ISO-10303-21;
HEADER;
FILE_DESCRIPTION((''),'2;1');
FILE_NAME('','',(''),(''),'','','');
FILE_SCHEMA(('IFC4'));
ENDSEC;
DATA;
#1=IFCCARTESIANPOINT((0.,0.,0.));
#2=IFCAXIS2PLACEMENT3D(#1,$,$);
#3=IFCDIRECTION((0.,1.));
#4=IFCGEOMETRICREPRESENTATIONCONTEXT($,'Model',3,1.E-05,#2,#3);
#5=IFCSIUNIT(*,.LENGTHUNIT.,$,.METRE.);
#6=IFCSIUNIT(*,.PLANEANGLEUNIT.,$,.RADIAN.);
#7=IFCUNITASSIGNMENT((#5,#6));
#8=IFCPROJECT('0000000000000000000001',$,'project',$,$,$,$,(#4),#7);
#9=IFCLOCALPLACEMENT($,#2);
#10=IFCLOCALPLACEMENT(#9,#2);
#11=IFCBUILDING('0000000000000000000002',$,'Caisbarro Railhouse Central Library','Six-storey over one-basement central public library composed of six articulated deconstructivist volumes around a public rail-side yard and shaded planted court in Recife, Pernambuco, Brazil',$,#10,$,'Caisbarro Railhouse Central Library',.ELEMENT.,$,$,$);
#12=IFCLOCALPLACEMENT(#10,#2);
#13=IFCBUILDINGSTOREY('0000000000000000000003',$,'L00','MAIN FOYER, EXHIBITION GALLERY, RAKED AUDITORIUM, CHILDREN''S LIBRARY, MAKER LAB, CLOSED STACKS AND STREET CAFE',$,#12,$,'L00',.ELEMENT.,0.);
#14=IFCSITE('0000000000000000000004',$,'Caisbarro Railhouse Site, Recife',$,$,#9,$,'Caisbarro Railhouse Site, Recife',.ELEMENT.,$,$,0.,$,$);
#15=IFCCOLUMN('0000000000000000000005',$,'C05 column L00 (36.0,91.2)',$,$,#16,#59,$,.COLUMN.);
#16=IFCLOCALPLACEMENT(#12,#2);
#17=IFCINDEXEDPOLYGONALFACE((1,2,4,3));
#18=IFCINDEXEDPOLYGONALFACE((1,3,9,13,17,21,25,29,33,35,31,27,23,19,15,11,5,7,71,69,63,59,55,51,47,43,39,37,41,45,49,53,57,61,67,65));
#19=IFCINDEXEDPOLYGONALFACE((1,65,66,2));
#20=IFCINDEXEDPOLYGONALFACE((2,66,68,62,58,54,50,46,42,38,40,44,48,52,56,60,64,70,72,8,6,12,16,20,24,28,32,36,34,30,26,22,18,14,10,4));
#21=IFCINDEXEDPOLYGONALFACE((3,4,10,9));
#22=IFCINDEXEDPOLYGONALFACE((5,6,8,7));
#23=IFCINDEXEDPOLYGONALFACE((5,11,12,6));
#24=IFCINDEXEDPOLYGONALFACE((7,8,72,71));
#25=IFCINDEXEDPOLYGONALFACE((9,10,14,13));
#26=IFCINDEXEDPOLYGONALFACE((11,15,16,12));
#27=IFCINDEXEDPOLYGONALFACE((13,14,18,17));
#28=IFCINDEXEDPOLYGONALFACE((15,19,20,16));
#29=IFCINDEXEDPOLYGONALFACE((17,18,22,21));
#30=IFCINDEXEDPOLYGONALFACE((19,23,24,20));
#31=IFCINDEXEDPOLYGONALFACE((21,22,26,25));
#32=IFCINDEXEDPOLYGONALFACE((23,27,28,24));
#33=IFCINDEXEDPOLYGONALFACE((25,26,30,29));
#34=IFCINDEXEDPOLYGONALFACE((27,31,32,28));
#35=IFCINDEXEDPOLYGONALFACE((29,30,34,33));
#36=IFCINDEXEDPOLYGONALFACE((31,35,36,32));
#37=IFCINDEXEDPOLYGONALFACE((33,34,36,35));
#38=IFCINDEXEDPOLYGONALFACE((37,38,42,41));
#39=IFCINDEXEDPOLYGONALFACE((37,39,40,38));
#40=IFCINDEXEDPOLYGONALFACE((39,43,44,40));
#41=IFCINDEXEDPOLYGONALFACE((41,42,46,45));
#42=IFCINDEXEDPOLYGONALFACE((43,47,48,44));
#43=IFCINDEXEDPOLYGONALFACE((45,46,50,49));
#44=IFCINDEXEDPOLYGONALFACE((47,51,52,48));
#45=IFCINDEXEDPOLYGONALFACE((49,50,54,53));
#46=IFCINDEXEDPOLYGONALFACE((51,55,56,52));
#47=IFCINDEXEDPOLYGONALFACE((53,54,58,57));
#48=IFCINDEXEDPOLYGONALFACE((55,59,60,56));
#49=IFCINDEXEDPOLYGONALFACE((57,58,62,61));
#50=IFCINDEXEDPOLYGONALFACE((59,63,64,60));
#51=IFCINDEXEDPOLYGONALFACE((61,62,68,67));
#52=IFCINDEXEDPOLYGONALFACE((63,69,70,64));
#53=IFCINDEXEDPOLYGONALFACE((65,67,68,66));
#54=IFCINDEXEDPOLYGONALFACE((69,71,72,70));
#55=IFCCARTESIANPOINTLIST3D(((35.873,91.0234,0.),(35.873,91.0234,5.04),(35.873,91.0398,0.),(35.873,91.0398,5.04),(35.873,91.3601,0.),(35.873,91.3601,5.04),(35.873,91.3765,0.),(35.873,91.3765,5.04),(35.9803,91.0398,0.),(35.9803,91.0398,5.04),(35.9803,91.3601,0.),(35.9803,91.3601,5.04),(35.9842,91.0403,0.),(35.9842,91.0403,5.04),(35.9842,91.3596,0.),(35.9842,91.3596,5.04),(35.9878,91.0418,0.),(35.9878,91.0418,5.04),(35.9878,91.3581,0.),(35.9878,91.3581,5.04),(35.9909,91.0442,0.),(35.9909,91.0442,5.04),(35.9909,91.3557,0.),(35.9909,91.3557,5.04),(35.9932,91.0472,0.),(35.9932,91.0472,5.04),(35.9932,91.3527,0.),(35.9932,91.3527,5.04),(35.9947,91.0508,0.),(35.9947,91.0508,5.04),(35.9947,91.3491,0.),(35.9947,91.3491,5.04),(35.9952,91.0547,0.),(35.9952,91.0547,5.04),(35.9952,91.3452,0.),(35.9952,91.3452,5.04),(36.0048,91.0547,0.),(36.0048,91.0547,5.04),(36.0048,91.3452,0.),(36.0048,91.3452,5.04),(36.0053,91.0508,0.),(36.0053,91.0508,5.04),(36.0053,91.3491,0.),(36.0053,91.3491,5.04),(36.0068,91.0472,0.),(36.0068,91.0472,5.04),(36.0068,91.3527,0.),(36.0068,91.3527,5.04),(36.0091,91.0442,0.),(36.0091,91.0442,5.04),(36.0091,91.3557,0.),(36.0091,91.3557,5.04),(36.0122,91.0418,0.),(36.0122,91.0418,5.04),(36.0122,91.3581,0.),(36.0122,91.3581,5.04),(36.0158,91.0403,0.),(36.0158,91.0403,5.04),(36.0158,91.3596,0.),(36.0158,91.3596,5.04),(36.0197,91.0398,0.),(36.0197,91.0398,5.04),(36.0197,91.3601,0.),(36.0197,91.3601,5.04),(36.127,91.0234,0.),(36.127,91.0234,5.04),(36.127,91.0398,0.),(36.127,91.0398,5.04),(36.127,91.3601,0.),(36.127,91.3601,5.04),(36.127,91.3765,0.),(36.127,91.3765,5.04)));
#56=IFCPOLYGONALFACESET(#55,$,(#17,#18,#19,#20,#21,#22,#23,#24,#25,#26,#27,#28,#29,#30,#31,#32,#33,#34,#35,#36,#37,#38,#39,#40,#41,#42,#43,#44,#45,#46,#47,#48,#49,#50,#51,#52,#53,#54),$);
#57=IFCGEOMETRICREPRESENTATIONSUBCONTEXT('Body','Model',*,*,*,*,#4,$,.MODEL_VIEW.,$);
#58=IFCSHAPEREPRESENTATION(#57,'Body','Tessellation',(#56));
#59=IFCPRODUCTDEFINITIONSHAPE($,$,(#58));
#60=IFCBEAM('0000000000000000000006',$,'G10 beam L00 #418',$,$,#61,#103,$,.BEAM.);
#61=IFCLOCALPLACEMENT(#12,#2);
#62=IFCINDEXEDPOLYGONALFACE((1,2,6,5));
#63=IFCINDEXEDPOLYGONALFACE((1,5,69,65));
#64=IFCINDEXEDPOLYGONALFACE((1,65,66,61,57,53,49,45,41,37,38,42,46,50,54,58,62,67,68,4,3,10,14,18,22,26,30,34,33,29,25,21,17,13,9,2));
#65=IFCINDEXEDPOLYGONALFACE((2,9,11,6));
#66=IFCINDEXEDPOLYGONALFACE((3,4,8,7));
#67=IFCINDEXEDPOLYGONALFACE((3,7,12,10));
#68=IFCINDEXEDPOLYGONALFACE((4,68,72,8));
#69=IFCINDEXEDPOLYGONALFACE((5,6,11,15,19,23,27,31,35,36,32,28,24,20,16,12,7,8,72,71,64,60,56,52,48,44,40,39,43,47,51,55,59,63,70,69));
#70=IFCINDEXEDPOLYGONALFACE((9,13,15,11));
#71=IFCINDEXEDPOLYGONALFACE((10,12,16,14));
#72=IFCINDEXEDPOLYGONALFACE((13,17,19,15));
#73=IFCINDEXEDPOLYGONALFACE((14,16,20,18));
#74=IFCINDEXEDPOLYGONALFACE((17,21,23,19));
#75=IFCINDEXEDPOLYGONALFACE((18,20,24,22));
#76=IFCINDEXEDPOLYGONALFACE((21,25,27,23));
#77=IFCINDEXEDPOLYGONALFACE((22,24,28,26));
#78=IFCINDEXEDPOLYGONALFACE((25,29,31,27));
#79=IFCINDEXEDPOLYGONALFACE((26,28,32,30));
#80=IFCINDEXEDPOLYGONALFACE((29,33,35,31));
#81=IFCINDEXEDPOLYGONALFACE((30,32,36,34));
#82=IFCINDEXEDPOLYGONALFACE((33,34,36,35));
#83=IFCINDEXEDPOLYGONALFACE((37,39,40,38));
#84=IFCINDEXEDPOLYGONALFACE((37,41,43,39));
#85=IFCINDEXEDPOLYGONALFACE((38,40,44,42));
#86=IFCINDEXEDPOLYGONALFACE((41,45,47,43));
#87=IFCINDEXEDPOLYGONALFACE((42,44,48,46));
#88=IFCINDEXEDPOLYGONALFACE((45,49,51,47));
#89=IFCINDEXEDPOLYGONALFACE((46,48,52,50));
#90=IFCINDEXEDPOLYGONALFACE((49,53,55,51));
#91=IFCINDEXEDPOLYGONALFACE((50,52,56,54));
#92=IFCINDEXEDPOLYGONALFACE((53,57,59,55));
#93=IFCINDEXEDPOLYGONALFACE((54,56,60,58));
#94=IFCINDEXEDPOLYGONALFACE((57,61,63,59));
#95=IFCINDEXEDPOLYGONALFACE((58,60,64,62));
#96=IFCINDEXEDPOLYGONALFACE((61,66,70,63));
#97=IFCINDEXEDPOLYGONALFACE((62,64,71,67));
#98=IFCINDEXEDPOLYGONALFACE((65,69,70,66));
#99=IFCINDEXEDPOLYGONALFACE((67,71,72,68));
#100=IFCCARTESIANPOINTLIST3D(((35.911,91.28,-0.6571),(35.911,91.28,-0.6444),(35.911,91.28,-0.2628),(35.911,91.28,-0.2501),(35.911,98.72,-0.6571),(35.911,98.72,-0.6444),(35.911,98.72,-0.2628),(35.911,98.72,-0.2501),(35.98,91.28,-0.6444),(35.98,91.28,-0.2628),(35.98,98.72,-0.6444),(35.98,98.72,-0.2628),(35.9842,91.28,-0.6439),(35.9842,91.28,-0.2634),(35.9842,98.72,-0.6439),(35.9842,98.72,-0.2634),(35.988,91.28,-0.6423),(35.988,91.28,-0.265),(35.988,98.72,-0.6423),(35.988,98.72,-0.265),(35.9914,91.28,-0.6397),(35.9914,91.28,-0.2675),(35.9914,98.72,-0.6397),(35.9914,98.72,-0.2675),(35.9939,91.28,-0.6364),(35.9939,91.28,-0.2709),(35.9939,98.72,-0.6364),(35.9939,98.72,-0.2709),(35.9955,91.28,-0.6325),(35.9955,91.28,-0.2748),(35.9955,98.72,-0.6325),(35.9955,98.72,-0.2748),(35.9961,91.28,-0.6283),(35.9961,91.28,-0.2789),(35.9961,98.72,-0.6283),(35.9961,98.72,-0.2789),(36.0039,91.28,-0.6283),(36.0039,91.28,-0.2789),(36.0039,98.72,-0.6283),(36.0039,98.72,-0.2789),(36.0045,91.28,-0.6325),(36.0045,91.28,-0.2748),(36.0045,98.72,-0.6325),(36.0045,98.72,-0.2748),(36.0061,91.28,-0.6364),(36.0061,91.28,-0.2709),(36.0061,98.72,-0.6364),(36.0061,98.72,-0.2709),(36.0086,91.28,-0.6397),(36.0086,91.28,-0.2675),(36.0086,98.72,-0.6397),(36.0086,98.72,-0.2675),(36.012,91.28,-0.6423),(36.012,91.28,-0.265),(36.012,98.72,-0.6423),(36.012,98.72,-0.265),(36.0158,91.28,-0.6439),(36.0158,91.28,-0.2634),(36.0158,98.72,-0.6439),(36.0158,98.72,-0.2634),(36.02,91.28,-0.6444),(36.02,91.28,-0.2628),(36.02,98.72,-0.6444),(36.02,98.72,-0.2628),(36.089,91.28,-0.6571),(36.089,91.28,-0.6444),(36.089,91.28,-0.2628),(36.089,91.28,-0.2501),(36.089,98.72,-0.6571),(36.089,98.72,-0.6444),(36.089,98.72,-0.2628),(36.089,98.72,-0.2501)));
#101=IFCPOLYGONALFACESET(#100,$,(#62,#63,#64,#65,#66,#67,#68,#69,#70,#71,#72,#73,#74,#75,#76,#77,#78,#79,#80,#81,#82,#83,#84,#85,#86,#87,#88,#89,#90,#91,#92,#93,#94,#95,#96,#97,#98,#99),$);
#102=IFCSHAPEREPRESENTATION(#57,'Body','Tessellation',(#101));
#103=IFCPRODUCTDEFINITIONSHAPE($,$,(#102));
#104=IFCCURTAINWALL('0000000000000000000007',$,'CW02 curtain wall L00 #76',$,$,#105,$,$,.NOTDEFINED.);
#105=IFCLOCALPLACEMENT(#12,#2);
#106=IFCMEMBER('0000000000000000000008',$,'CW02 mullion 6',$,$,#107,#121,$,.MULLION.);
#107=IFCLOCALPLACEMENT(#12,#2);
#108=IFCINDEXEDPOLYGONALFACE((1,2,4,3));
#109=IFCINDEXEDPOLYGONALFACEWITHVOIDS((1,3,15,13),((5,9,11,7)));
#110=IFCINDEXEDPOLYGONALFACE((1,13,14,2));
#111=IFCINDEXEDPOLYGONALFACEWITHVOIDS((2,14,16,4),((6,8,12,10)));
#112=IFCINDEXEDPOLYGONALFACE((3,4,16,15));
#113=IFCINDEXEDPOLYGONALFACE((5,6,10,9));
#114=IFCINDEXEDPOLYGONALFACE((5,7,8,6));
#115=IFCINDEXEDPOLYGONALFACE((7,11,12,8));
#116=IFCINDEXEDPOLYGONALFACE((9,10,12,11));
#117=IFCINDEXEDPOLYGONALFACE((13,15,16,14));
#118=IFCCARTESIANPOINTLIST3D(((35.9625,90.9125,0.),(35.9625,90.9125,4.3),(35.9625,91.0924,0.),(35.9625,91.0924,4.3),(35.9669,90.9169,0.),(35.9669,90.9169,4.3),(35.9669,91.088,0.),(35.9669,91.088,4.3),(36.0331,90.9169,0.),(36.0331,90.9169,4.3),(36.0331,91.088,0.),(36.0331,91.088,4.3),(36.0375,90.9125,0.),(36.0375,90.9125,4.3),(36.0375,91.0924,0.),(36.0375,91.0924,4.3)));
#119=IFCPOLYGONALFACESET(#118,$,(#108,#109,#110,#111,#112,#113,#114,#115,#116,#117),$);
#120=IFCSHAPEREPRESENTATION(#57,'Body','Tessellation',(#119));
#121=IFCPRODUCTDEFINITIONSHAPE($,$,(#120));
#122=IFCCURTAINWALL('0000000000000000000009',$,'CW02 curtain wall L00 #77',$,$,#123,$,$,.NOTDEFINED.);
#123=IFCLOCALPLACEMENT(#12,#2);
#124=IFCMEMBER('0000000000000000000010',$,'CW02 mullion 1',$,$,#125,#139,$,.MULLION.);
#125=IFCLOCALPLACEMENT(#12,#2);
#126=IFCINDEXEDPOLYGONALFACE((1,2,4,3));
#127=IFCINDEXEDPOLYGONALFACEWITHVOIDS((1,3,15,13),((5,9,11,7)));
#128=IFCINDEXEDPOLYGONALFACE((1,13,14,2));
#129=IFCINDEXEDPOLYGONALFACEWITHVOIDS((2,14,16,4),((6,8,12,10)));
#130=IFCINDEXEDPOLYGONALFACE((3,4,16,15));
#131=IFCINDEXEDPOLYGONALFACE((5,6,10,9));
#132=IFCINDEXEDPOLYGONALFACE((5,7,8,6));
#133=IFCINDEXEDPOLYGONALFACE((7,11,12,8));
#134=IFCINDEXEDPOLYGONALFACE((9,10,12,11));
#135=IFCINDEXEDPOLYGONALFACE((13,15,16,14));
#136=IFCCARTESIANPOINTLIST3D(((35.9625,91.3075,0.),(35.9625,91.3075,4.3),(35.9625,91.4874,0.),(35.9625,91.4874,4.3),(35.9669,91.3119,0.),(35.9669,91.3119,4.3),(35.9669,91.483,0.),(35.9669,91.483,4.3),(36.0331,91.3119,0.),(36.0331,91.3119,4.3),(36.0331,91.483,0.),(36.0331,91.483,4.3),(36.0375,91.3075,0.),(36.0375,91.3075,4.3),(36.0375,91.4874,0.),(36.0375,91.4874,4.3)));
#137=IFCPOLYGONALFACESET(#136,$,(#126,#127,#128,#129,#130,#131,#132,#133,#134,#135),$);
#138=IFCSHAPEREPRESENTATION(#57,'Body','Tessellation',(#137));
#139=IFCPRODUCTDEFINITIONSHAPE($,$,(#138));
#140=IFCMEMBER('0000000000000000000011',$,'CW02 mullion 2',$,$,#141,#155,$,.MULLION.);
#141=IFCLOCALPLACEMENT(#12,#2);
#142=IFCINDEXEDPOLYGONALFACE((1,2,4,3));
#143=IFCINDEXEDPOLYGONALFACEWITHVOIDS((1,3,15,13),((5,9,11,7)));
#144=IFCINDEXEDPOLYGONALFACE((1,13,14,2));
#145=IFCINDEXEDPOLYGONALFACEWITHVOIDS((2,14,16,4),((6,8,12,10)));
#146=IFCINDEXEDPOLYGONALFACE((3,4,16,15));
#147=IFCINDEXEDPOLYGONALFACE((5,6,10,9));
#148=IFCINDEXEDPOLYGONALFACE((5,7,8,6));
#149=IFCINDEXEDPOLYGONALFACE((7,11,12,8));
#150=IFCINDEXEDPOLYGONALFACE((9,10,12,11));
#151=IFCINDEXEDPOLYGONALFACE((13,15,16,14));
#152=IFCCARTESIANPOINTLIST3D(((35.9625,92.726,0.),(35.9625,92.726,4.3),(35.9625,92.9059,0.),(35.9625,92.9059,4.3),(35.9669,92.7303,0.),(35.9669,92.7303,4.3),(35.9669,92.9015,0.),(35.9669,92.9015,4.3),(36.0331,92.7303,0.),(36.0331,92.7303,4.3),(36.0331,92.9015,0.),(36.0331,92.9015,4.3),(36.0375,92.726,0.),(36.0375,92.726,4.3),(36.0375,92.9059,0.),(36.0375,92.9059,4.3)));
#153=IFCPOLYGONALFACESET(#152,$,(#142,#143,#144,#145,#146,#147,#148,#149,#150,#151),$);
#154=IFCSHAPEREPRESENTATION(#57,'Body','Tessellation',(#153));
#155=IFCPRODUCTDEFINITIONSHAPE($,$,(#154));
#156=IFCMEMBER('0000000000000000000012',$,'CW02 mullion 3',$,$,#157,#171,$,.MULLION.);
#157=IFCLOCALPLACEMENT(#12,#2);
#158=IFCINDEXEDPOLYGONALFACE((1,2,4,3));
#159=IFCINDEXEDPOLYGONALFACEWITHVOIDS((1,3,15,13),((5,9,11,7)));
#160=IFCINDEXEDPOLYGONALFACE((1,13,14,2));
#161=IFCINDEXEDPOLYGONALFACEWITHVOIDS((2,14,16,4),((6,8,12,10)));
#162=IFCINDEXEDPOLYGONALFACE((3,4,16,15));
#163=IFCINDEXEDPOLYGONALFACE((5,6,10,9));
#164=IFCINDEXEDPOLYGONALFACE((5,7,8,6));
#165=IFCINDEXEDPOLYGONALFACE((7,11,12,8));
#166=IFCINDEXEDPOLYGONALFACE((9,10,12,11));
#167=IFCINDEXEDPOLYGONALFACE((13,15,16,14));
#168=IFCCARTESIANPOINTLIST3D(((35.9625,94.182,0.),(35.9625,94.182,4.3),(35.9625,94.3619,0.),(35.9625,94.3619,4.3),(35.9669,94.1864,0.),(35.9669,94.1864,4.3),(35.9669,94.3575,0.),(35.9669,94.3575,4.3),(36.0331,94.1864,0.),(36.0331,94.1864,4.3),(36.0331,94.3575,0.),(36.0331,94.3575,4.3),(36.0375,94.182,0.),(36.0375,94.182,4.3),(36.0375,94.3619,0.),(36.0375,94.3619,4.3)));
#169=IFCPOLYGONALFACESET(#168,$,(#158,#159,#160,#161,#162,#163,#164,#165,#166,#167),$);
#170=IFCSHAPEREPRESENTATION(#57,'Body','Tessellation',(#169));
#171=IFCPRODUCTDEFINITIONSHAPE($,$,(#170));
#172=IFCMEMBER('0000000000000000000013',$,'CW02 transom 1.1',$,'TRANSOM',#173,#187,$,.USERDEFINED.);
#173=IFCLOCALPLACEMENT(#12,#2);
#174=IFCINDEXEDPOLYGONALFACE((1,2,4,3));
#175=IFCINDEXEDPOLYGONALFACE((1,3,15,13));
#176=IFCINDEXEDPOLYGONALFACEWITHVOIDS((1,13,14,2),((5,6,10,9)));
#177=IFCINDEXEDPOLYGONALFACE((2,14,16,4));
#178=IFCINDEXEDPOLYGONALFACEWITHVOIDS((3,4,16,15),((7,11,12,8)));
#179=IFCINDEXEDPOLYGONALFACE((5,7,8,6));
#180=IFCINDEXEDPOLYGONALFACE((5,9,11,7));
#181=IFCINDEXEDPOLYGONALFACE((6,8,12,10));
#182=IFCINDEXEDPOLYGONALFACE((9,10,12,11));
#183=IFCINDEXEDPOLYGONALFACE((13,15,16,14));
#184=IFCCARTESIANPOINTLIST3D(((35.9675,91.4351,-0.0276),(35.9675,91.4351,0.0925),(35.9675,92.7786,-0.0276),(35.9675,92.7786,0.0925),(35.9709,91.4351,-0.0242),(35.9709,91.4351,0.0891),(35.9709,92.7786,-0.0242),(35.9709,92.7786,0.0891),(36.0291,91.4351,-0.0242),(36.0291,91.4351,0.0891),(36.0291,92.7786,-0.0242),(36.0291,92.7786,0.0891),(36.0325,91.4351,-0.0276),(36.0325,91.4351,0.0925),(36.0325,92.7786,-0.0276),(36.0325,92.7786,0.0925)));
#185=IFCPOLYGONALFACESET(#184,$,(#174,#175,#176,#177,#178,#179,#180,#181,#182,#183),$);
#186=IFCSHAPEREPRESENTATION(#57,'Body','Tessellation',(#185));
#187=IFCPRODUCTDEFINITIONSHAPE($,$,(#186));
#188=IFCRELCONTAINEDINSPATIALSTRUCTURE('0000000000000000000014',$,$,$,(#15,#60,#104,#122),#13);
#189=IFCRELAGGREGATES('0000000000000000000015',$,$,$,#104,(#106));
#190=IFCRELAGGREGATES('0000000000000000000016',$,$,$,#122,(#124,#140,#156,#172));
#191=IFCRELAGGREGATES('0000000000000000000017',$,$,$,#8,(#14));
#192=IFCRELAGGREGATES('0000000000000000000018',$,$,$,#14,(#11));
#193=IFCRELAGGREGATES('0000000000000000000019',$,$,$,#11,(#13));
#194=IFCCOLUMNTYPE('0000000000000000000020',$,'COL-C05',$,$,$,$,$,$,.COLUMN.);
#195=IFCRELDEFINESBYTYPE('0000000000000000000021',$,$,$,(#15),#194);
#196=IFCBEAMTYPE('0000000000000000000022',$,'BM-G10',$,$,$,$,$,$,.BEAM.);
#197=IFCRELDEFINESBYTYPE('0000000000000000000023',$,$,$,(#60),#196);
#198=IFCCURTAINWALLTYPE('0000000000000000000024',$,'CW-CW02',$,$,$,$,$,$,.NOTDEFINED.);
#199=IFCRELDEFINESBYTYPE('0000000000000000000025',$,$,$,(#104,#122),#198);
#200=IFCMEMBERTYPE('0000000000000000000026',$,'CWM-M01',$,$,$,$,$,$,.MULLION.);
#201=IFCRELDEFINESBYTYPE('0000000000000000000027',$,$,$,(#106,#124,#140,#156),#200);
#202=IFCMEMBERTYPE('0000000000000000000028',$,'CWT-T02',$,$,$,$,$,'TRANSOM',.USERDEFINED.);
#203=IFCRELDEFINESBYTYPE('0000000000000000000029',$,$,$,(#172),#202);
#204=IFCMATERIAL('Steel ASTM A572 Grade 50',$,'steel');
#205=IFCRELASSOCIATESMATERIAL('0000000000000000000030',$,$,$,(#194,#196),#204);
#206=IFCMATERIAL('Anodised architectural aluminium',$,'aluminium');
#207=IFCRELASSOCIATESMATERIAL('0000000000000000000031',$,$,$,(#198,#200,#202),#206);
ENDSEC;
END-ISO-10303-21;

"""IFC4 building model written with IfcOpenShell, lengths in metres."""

from ifc_helpers import new_model, si_unit, direction, frame, origin, origin_2d, place, context, subcontext, project, spatial, hollow_rectangle, i_section, extrude, material, material_profile, profile_set, type_object, element, aggregate, save


model = new_model("IFC4")

# Units and contexts
model_context = context("Model", 3, precision=1e-05, world=origin(), true_north=direction((0.0, 1.0)))
body_context = subcontext(model_context, "Body", "Model", "MODEL_VIEW")
ifc_project = project(units=[si_unit("LENGTHUNIT", "METRE"), si_unit("PLANEANGLEUNIT", "RADIAN")], contexts=[model_context])

# Site, building, storey
site_placement = place(None, origin())
site = spatial("IfcSite", under=ifc_project, at=site_placement, Name="Caisbarro Railhouse Site, Recife", LongName="Caisbarro Railhouse Site, Recife", CompositionType="ELEMENT", RefElevation=0.0)
building_placement = place(site_placement, origin())
building = spatial("IfcBuilding", under=site, at=building_placement, Name="Caisbarro Railhouse Central Library", Description="Six-storey over one-basement central public library composed of six articulated deconstructivist volumes around a public rail-side yard and shaded planted court in Recife, Pernambuco, Brazil", LongName="Caisbarro Railhouse Central Library", CompositionType="ELEMENT")
storey_placement = place(building_placement, origin())
storey = spatial("IfcBuildingStorey", under=building, at=storey_placement, Name="L00", Description="MAIN FOYER, EXHIBITION GALLERY, RAKED AUDITORIUM, CHILDREN'S LIBRARY, MAKER LAB, CLOSED STACKS AND STREET CAFE", LongName="L00", CompositionType="ELEMENT", Elevation=0.0)

# Column
ifc_material_1 = material(Name="Steel ASTM A572 Grade 50", Category="steel")
ifc_material_profile_1 = material_profile(ifc_material_1, i_section(OverallWidth=0.2539, OverallDepth=0.353, WebThickness=0.0095, FlangeThickness=0.0164, FilletRadius=0.0149, at=origin_2d()), Name="W360X91.0")
ifc_profile_set_1 = profile_set([ifc_material_profile_1], Name="Steel ASTM A572 Grade 50")
column_type = type_object("IfcColumnType", Name="COL-C05", PredefinedType="COLUMN", material=ifc_profile_set_1)
column_placement = place(storey_placement, frame((36.0, 91.2, 0.0), z_axis=(0.0, 0.0, 1.0), x_axis=(1.0, 0.0, 0.0)))
element("IfcColumn", 1, at=column_placement, inside=storey, type_object=column_type, Name="C05 column L00 (36.0,91.2)", PredefinedType="COLUMN", context=body_context, shape_type="SweptSolid", body=[
    extrude(i_section(OverallWidth=0.2539, OverallDepth=0.353, WebThickness=0.0095, FlangeThickness=0.0164, FilletRadius=0.0149, at=origin_2d()), origin(), (0.0, 0.0, 1.0), 5.04),
])

# Beam
ifc_material_profile_2 = material_profile(ifc_material_1, i_section(OverallWidth=0.178, OverallDepth=0.407, WebThickness=0.0078, FlangeThickness=0.0127, FilletRadius=0.0161, at=origin_2d()), Name="W410X60.0")
ifc_profile_set_2 = profile_set([ifc_material_profile_2], Name="Steel ASTM A572 Grade 50")
beam_type = type_object("IfcBeamType", Name="BM-G10", PredefinedType="BEAM", material=ifc_profile_set_2)
beam_placement = place(storey_placement, frame((36.0, 91.28, -0.4536), z_axis=(0.0, 1.0, 0.0), x_axis=(-1.0, 0.0, 0.0)))
element("IfcBeam", 2, at=beam_placement, inside=storey, type_object=beam_type, Name="G10 beam L00 #418", PredefinedType="BEAM", context=body_context, shape_type="SweptSolid", body=[
    extrude(i_section(OverallWidth=0.178, OverallDepth=0.407, WebThickness=0.0078, FlangeThickness=0.0127, FilletRadius=0.0161, at=origin_2d()), origin(), (0.0, 0.0, 1.0), 7.4399),
])

# Curtain wall, member
ifc_material_2 = material(Name="Anodised architectural aluminium", Category="aluminium")
curtain_wall_type = type_object("IfcCurtainWallType", Name="CW-CW02", PredefinedType="NOTDEFINED", material=ifc_material_2)
curtain_wall_1_placement = place(storey_placement, origin())
curtain_wall_1 = element("IfcCurtainWall", 3, at=curtain_wall_1_placement, inside=storey, type_object=curtain_wall_type, Name="CW02 curtain wall L00 #76", PredefinedType="NOTDEFINED")
ifc_material_profile_3 = material_profile(ifc_material_2, hollow_rectangle(XDim=0.075, YDim=0.1799, WallThickness=0.0044, at=origin_2d()), Name="ALU-MUL-75X180")
ifc_profile_set_3 = profile_set([ifc_material_profile_3], Name="Anodised architectural aluminium")
member_type_1 = type_object("IfcMemberType", Name="CWM-M01", PredefinedType="MULLION", material=ifc_profile_set_3)
member_1_placement = place(storey_placement, frame((36.0, 91.0024, 0.0), z_axis=(0.0, 0.0, 1.0), x_axis=(-1.0, 0.0, 0.0)))
member_1 = element("IfcMember", 4, at=member_1_placement, type_object=member_type_1, Name="CW02 mullion 6", PredefinedType="MULLION", context=body_context, shape_type="SweptSolid", body=[
    extrude(hollow_rectangle(XDim=0.075, YDim=0.1799, WallThickness=0.0044, at=origin_2d()), origin(), (0.0, 0.0, 1.0), 4.3),
])

# Curtain wall, members
curtain_wall_2_placement = place(storey_placement, origin())
curtain_wall_2 = element("IfcCurtainWall", 5, at=curtain_wall_2_placement, inside=storey, type_object=curtain_wall_type, Name="CW02 curtain wall L00 #77", PredefinedType="NOTDEFINED")
member_2_placement = place(storey_placement, frame((36.0, 91.3975, 0.0), z_axis=(0.0, 0.0, 1.0), x_axis=(-1.0, 0.0, 0.0)))
member_2 = element("IfcMember", 6, at=member_2_placement, type_object=member_type_1, Name="CW02 mullion 1", PredefinedType="MULLION", context=body_context, shape_type="SweptSolid", body=[
    extrude(hollow_rectangle(XDim=0.075, YDim=0.1799, WallThickness=0.0044, at=origin_2d()), origin(), (0.0, 0.0, 1.0), 4.3),
])
member_3_placement = place(storey_placement, frame((36.0, 92.8159, 0.0), z_axis=(0.0, 0.0, 1.0), x_axis=(-1.0, 0.0, 0.0)))
member_3 = element("IfcMember", 7, at=member_3_placement, type_object=member_type_1, Name="CW02 mullion 2", PredefinedType="MULLION", context=body_context, shape_type="SweptSolid", body=[
    extrude(hollow_rectangle(XDim=0.075, YDim=0.1799, WallThickness=0.0044, at=origin_2d()), origin(), (0.0, 0.0, 1.0), 4.3),
])
member_4_placement = place(storey_placement, frame((36.0, 94.272, 0.0), z_axis=(0.0, 0.0, 1.0), x_axis=(-1.0, 0.0, 0.0)))
member_4 = element("IfcMember", 8, at=member_4_placement, type_object=member_type_1, Name="CW02 mullion 3", PredefinedType="MULLION", context=body_context, shape_type="SweptSolid", body=[
    extrude(hollow_rectangle(XDim=0.075, YDim=0.1799, WallThickness=0.0044, at=origin_2d()), origin(), (0.0, 0.0, 1.0), 4.3),
])
ifc_material_profile_4 = material_profile(ifc_material_2, hollow_rectangle(XDim=0.0649, YDim=0.1201, WallThickness=0.0034, at=origin_2d()), Name="ALU-TRN-65X120")
ifc_profile_set_4 = profile_set([ifc_material_profile_4], Name="Anodised architectural aluminium")
member_type_2 = type_object("IfcMemberType", Name="CWT-T02", ElementType="TRANSOM", PredefinedType="USERDEFINED", material=ifc_profile_set_4)
member_5_placement = place(storey_placement, frame((36.0, 91.4351, 0.0325), z_axis=(0.0, 1.0, 0.0), x_axis=(-1.0, 0.0, 0.0)))
member_5 = element("IfcMember", 9, at=member_5_placement, type_object=member_type_2, Name="CW02 transom 1.1", ObjectType="TRANSOM", PredefinedType="USERDEFINED", context=body_context, shape_type="SweptSolid", body=[
    extrude(hollow_rectangle(XDim=0.0649, YDim=0.1201, WallThickness=0.0034, at=origin_2d()), origin(), (0.0, 0.0, 1.0), 1.3435),
])

aggregate(curtain_wall_1, [member_1])
aggregate(curtain_wall_2, [member_2, member_3, member_4, member_5])

save(model, "model.ifc")
